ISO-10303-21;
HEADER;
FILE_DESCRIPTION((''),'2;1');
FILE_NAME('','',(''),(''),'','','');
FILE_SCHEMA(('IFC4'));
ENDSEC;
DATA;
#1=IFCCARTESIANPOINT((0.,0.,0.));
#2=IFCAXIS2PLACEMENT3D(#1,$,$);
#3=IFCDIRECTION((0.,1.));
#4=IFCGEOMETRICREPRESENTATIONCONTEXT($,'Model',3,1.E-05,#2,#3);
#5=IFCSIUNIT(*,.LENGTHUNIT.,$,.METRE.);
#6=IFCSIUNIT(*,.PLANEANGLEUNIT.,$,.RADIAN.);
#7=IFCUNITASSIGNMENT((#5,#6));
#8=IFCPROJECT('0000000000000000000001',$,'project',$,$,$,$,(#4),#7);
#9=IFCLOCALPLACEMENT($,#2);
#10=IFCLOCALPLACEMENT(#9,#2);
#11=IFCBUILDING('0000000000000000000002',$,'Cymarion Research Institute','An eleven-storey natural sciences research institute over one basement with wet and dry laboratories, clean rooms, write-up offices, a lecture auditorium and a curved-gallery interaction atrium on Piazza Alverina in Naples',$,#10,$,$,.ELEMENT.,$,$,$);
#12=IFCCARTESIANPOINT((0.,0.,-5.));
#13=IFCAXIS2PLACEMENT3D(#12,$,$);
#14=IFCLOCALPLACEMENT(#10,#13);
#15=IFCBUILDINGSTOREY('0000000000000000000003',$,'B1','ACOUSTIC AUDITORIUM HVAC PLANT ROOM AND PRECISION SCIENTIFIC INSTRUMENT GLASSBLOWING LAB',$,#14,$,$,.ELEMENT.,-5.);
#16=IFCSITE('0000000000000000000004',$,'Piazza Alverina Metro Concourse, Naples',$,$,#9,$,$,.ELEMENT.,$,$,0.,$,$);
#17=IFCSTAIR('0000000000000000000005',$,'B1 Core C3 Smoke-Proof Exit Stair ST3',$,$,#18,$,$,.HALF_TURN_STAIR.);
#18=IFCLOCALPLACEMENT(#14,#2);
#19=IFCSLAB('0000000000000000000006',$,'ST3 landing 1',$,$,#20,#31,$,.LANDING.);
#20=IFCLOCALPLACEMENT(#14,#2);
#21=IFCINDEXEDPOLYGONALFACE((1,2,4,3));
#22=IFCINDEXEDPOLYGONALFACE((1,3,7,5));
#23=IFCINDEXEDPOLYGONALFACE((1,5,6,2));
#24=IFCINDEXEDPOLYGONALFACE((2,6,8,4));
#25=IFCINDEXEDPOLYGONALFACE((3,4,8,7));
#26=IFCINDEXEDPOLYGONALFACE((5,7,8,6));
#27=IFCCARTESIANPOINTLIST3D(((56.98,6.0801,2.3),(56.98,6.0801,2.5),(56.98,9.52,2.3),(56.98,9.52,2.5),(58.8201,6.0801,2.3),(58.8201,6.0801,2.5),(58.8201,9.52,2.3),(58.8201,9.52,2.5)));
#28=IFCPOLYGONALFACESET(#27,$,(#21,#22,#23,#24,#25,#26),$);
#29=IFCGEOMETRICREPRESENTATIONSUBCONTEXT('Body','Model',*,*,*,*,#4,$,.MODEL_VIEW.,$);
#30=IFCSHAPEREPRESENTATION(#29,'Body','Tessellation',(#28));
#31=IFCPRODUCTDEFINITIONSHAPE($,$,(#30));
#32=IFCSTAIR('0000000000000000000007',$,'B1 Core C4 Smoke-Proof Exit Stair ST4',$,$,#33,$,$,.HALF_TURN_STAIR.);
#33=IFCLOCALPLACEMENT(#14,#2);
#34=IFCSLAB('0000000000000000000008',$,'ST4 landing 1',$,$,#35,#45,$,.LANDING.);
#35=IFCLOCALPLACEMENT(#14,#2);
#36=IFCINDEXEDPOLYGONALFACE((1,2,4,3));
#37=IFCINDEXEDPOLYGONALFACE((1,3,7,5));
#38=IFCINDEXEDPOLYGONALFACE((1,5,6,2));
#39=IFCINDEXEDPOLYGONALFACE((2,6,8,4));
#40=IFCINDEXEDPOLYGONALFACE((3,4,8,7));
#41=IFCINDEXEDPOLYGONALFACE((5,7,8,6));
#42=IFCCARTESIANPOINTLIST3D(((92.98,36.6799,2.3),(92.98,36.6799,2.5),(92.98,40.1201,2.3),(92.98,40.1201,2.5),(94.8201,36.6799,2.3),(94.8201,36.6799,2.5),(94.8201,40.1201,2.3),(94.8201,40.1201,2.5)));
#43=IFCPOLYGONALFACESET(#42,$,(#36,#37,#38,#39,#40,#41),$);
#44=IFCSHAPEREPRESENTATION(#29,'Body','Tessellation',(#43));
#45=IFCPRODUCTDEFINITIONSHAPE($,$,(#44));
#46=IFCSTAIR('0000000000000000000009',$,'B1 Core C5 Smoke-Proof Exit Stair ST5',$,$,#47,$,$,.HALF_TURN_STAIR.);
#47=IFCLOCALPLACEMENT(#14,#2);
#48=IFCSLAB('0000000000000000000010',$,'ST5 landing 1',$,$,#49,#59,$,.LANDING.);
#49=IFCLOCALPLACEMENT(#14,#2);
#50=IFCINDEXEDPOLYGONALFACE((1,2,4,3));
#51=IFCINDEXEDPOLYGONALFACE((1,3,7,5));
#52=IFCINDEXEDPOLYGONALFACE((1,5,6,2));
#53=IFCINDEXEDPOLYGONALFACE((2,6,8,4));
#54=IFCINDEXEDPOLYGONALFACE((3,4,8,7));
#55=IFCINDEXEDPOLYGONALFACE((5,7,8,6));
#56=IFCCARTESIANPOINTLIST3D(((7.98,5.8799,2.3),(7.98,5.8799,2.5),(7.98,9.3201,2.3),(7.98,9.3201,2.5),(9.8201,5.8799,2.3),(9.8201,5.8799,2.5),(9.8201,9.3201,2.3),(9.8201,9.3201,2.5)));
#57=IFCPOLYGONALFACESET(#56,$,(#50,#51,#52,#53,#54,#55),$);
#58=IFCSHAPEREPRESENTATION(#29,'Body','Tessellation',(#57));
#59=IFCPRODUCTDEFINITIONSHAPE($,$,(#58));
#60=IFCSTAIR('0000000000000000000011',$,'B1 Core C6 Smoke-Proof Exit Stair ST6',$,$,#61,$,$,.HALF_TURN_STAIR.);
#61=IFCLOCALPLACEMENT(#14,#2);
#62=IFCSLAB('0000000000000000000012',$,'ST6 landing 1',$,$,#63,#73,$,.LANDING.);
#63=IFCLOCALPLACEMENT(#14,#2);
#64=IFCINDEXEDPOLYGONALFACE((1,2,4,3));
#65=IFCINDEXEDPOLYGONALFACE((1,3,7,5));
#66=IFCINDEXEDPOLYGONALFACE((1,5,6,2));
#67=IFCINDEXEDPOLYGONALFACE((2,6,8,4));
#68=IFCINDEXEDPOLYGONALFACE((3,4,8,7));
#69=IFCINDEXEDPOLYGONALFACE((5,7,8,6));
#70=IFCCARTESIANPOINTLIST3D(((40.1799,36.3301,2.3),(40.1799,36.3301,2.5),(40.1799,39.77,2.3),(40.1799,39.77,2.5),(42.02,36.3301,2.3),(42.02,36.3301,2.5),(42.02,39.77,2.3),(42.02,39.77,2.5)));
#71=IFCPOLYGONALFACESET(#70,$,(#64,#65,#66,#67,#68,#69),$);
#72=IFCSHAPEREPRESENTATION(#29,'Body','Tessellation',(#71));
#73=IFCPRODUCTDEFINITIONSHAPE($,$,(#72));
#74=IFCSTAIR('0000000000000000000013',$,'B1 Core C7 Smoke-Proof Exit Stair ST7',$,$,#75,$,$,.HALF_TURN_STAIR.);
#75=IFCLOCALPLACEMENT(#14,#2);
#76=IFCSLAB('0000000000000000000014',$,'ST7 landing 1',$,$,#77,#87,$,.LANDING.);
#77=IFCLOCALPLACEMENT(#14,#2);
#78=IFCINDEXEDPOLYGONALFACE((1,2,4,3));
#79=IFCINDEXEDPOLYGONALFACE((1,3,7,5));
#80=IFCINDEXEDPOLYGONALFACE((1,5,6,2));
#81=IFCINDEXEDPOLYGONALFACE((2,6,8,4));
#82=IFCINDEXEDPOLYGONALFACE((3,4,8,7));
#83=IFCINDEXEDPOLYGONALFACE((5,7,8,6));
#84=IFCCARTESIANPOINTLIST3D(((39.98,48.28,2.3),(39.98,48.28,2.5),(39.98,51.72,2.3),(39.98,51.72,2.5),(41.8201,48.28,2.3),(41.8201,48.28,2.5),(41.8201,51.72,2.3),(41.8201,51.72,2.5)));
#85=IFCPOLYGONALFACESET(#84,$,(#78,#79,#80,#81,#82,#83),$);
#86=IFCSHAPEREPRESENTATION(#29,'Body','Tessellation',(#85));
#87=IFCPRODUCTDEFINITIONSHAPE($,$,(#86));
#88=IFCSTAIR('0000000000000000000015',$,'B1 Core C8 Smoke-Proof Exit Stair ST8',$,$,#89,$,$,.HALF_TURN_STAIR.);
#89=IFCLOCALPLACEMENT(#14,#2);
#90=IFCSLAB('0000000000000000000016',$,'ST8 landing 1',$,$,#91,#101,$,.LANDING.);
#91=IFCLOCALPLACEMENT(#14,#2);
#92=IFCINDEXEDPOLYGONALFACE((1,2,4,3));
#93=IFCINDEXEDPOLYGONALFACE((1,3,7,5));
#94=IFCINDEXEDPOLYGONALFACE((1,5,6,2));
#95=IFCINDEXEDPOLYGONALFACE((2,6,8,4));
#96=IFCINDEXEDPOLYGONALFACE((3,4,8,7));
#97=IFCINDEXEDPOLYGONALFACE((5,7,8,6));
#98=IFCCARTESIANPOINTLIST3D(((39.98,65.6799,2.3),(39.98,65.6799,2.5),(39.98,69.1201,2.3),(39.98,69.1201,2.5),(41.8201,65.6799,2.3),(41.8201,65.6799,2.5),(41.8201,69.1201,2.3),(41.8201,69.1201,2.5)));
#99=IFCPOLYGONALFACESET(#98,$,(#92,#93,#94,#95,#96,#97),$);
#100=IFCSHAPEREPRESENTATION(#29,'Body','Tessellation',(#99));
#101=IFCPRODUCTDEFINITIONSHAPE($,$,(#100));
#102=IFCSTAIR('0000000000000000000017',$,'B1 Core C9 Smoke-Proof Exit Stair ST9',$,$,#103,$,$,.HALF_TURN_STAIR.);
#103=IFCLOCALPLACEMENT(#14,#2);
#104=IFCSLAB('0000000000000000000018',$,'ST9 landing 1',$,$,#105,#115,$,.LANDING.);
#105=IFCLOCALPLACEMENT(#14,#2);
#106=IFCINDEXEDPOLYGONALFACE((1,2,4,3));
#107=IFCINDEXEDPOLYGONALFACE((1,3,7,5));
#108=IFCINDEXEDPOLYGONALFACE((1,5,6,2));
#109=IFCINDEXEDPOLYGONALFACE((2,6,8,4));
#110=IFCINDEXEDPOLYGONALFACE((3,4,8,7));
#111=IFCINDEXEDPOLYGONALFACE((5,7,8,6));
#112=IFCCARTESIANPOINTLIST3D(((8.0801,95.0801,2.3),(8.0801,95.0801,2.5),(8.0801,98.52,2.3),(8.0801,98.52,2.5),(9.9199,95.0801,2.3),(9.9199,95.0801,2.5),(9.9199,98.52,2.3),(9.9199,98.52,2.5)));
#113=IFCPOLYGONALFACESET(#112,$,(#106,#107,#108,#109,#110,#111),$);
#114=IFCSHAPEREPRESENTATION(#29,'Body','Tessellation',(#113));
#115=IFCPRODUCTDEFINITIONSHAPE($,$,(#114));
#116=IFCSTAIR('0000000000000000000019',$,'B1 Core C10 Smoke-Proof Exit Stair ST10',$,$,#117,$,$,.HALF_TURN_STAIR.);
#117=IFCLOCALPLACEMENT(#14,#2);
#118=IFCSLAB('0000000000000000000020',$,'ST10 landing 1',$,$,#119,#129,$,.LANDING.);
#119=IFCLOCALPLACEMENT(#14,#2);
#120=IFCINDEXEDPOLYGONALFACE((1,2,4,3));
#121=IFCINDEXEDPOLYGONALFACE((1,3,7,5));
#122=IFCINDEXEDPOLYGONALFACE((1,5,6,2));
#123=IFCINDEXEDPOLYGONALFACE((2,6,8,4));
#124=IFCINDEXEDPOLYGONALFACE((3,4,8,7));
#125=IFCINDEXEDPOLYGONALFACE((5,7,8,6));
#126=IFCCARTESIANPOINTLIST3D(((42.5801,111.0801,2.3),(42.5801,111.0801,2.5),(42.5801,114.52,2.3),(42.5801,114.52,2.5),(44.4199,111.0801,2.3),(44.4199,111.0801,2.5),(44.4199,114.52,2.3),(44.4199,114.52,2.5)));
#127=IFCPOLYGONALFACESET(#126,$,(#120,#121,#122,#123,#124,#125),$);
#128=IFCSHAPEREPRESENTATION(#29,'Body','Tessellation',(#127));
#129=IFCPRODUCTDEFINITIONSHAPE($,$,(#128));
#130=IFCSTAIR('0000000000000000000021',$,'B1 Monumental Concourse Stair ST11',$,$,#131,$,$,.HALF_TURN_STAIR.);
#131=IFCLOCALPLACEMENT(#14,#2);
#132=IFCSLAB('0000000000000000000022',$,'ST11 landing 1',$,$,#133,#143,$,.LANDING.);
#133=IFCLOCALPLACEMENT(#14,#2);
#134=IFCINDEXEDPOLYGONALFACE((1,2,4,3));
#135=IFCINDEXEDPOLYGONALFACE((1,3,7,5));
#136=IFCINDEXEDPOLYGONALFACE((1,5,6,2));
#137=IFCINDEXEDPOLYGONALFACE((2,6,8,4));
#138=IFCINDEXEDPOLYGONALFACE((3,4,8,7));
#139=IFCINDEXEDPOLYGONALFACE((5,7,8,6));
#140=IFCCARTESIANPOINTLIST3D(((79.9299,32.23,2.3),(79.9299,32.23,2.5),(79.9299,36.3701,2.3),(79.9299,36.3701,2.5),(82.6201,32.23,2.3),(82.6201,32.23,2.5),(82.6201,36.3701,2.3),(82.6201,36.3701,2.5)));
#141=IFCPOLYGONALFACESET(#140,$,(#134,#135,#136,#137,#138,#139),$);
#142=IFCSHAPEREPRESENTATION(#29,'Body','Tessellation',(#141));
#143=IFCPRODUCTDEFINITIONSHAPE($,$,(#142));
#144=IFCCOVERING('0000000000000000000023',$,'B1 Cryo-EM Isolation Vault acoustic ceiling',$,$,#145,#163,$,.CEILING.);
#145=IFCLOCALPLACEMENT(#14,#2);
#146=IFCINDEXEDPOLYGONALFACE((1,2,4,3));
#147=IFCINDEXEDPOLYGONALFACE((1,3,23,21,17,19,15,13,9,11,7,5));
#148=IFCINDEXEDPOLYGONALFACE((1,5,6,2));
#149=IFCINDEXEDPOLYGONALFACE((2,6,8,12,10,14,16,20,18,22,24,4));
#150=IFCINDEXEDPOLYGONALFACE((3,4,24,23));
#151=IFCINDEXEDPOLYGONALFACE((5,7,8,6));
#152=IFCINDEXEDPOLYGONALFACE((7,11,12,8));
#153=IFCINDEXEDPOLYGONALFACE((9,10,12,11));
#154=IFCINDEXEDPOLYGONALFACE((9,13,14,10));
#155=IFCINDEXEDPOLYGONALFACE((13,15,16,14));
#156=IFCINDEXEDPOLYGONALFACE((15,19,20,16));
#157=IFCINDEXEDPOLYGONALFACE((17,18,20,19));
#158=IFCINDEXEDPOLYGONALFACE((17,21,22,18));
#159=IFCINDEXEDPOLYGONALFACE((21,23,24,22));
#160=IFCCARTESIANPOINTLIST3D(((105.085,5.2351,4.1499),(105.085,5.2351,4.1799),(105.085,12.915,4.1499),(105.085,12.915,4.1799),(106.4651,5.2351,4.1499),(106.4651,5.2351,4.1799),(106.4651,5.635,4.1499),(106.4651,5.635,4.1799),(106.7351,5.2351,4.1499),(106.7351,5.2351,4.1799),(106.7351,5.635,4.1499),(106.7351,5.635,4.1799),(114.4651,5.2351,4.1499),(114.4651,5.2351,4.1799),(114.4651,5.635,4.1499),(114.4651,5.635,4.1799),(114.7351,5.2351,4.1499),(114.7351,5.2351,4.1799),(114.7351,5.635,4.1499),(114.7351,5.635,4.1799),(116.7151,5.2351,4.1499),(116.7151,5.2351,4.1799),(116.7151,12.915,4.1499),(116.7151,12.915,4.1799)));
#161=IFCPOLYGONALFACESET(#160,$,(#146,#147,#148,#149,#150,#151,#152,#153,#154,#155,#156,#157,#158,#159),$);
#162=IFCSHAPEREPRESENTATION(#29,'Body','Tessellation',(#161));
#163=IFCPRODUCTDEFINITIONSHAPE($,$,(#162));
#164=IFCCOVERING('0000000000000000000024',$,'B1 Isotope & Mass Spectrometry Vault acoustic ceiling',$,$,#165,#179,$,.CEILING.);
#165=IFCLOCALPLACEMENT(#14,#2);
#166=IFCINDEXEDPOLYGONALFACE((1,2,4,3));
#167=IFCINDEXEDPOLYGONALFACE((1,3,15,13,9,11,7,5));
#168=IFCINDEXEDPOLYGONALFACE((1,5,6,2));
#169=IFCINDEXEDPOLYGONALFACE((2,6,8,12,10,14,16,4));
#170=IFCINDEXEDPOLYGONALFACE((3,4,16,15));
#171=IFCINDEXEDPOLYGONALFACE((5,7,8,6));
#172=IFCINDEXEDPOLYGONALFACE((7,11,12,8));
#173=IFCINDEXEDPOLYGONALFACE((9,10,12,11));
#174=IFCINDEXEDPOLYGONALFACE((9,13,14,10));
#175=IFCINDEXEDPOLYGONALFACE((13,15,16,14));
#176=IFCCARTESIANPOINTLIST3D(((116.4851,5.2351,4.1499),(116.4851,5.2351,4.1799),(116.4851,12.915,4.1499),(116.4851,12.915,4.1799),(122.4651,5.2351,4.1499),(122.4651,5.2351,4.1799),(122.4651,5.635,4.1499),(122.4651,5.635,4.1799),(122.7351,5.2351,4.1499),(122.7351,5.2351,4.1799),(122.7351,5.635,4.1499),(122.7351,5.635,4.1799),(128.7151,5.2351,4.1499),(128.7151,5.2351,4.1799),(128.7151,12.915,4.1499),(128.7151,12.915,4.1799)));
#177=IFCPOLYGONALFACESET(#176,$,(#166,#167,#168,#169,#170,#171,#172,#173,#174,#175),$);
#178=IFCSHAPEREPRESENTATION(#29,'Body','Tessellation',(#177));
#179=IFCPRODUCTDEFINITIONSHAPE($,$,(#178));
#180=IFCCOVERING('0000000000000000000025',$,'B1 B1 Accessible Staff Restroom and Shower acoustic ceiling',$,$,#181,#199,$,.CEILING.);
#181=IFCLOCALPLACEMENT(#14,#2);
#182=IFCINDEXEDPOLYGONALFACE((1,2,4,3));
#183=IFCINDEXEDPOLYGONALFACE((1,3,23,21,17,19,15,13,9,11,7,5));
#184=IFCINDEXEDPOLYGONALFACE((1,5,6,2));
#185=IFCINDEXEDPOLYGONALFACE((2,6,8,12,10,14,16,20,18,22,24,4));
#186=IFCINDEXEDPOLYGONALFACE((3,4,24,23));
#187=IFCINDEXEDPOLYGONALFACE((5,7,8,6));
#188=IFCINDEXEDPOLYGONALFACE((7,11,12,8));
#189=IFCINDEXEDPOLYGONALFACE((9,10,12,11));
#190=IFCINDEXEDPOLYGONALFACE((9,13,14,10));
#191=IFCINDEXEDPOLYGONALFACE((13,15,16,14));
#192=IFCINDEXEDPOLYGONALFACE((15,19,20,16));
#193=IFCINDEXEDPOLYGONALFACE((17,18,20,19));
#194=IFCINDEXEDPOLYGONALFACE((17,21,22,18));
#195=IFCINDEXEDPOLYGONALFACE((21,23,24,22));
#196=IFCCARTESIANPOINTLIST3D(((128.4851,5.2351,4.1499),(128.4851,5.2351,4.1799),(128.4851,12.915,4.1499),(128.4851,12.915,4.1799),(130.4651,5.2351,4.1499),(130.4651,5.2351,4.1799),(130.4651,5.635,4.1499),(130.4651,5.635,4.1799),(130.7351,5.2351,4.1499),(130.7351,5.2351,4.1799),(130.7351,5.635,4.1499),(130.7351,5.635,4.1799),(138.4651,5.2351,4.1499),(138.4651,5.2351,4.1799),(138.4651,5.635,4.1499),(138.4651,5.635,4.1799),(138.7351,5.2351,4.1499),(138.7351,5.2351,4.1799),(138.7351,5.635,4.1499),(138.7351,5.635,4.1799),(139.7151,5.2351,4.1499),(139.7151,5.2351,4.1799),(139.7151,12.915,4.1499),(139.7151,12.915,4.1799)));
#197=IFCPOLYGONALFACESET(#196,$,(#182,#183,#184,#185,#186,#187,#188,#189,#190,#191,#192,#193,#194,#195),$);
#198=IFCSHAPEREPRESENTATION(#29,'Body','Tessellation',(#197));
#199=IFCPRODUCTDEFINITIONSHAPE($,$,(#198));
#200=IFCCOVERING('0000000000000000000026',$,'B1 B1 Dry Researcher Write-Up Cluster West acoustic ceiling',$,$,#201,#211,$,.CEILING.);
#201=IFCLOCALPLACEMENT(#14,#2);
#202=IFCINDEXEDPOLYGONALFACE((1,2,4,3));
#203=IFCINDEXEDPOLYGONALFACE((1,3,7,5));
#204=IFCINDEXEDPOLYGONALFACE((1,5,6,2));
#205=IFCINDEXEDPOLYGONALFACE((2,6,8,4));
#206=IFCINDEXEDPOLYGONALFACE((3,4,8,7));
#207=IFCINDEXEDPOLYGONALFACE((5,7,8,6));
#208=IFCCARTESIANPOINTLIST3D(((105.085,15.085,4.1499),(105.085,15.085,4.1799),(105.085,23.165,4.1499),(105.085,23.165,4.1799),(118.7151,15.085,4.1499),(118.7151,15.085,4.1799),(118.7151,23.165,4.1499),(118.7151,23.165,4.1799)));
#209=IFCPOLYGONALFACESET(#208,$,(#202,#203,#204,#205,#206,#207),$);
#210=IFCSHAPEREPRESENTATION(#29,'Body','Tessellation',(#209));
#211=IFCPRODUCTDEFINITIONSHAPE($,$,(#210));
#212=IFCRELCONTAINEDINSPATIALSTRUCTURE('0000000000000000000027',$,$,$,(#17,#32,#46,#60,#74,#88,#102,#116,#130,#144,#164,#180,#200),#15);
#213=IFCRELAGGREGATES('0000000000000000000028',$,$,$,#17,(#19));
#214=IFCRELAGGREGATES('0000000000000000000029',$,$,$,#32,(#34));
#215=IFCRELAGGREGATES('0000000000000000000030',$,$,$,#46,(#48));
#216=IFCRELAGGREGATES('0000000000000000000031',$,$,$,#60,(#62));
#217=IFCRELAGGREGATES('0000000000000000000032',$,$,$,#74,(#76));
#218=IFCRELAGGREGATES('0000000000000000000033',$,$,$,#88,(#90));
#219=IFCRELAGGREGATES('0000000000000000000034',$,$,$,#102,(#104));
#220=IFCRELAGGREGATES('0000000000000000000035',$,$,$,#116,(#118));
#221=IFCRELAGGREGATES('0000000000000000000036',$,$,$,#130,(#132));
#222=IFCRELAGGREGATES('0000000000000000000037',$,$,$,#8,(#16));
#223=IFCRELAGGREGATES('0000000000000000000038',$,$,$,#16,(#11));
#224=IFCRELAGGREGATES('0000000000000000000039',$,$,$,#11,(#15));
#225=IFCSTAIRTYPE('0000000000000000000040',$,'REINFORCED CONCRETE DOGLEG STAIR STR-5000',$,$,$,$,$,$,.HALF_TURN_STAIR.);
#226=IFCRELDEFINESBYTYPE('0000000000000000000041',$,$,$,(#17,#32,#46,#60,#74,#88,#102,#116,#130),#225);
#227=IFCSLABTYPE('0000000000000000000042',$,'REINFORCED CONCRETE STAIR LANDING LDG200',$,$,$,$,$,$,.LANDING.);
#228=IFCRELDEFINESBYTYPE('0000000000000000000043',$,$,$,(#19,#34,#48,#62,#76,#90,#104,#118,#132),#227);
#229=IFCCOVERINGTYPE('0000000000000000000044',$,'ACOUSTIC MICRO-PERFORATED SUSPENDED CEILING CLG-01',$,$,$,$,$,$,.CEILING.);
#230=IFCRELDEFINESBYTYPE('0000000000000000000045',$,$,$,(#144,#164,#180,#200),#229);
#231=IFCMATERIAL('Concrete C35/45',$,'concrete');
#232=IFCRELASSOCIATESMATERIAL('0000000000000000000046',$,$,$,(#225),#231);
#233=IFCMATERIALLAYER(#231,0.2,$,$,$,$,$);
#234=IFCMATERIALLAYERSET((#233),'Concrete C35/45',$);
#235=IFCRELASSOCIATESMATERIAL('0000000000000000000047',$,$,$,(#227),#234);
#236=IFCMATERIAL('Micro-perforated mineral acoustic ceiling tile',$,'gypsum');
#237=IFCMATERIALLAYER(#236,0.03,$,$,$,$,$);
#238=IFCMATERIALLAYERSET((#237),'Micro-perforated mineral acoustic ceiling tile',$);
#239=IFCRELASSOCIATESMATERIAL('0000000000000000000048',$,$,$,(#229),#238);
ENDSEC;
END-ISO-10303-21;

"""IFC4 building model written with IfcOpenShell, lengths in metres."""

from ifc_helpers import new_model, si_unit, direction, frame, origin, place, context, subcontext, project, spatial, polyline, outline, extrude, material, layer, layer_set, type_object, element, aggregate, save


model = new_model("IFC4")

# Units and contexts
model_context = context("Model", 3, precision=1e-05, world=origin(), true_north=direction((0.0, 1.0)))
body_context = subcontext(model_context, "Body", "Model", "MODEL_VIEW")
ifc_project = project(units=[si_unit("LENGTHUNIT", "METRE"), si_unit("PLANEANGLEUNIT", "RADIAN")], contexts=[model_context])

# Site, building, storey
site_placement = place(None, origin())
site = spatial("IfcSite", under=ifc_project, at=site_placement, Name="Piazza Alverina Metro Concourse, Naples", CompositionType="ELEMENT", RefElevation=0.0)
building_placement = place(site_placement, origin())
building = spatial("IfcBuilding", under=site, at=building_placement, Name="Cymarion Research Institute", Description="An eleven-storey natural sciences research institute over one basement with wet and dry laboratories, clean rooms, write-up offices, a lecture auditorium and a curved-gallery interaction atrium on Piazza Alverina in Naples", CompositionType="ELEMENT")
storey_placement = place(building_placement, frame((0.0, 0.0, -5.0)))
storey = spatial("IfcBuildingStorey", under=building, at=storey_placement, Name="B1", Description="ACOUSTIC AUDITORIUM HVAC PLANT ROOM AND PRECISION SCIENTIFIC INSTRUMENT GLASSBLOWING LAB", CompositionType="ELEMENT", Elevation=-5.0)

# Shared definitions
ifc_material_1 = material(Name="Concrete C35/45", Category="concrete")

# Stairs, slabs
stair_type = type_object("IfcStairType", Name="REINFORCED CONCRETE DOGLEG STAIR STR-5000", PredefinedType="HALF_TURN_STAIR", material=ifc_material_1)
ifc_layer_1 = layer(ifc_material_1, 0.2)
ifc_layer_set_1 = layer_set([ifc_layer_1], Name="Concrete C35/45")
slab_type_1 = type_object("IfcSlabType", Name="REINFORCED CONCRETE STAIR LANDING LDG200", PredefinedType="LANDING", material=ifc_layer_set_1)
stair_1_placement = place(storey_placement, origin())
stair_1 = element("IfcStair", 1, at=stair_1_placement, inside=storey, type_object=stair_type, Name="B1 Core C3 Smoke-Proof Exit Stair ST3", PredefinedType="HALF_TURN_STAIR")
slab_1_placement = place(storey_placement, frame((0.0, 0.0, 2.3)))
slab_1 = element("IfcSlab", 2, at=slab_1_placement, type_object=slab_type_1, Name="ST3 landing 1", PredefinedType="LANDING", context=body_context, shape_type="SweptSolid", body=[
    extrude(outline(polyline([(58.8201, 9.52), (58.8201, 6.0801), (56.98, 6.0801), (56.98, 9.52), (58.8201, 9.52)])), origin(), (0.0, 0.0, 1.0), 0.2),
])
aggregate(stair_1, [slab_1])
stair_2_placement = place(storey_placement, origin())
stair_2 = element("IfcStair", 3, at=stair_2_placement, inside=storey, type_object=stair_type, Name="B1 Core C4 Smoke-Proof Exit Stair ST4", PredefinedType="HALF_TURN_STAIR")
slab_2_placement = place(storey_placement, frame((0.0, 0.0, 2.3)))
slab_2 = element("IfcSlab", 4, at=slab_2_placement, type_object=slab_type_1, Name="ST4 landing 1", PredefinedType="LANDING", context=body_context, shape_type="SweptSolid", body=[
    extrude(outline(polyline([(92.98, 36.6799), (92.98, 40.1201), (94.8201, 40.1201), (94.8201, 36.6799), (92.98, 36.6799)])), origin(), (0.0, 0.0, 1.0), 0.2),
])
aggregate(stair_2, [slab_2])
stair_3_placement = place(storey_placement, origin())
stair_3 = element("IfcStair", 5, at=stair_3_placement, inside=storey, type_object=stair_type, Name="B1 Core C5 Smoke-Proof Exit Stair ST5", PredefinedType="HALF_TURN_STAIR")
slab_3_placement = place(storey_placement, frame((0.0, 0.0, 2.3)))
slab_3 = element("IfcSlab", 6, at=slab_3_placement, type_object=slab_type_1, Name="ST5 landing 1", PredefinedType="LANDING", context=body_context, shape_type="SweptSolid", body=[
    extrude(outline(polyline([(9.8201, 9.3201), (9.8201, 5.8799), (7.98, 5.8799), (7.98, 9.3201), (9.8201, 9.3201)])), origin(), (0.0, 0.0, 1.0), 0.2),
])
aggregate(stair_3, [slab_3])
stair_4_placement = place(storey_placement, origin())
stair_4 = element("IfcStair", 7, at=stair_4_placement, inside=storey, type_object=stair_type, Name="B1 Core C6 Smoke-Proof Exit Stair ST6", PredefinedType="HALF_TURN_STAIR")
slab_4_placement = place(storey_placement, frame((0.0, 0.0, 2.3)))
slab_4 = element("IfcSlab", 8, at=slab_4_placement, type_object=slab_type_1, Name="ST6 landing 1", PredefinedType="LANDING", context=body_context, shape_type="SweptSolid", body=[
    extrude(outline(polyline([(40.1799, 36.3301), (40.1799, 39.77), (42.02, 39.77), (42.02, 36.3301), (40.1799, 36.3301)])), origin(), (0.0, 0.0, 1.0), 0.2),
])
aggregate(stair_4, [slab_4])
stair_5_placement = place(storey_placement, origin())
stair_5 = element("IfcStair", 9, at=stair_5_placement, inside=storey, type_object=stair_type, Name="B1 Core C7 Smoke-Proof Exit Stair ST7", PredefinedType="HALF_TURN_STAIR")
slab_5_placement = place(storey_placement, frame((0.0, 0.0, 2.3)))
slab_5 = element("IfcSlab", 10, at=slab_5_placement, type_object=slab_type_1, Name="ST7 landing 1", PredefinedType="LANDING", context=body_context, shape_type="SweptSolid", body=[
    extrude(outline(polyline([(39.98, 48.28), (39.98, 51.72), (41.8201, 51.72), (41.8201, 48.28), (39.98, 48.28)])), origin(), (0.0, 0.0, 1.0), 0.2),
])
aggregate(stair_5, [slab_5])
stair_6_placement = place(storey_placement, origin())
stair_6 = element("IfcStair", 11, at=stair_6_placement, inside=storey, type_object=stair_type, Name="B1 Core C8 Smoke-Proof Exit Stair ST8", PredefinedType="HALF_TURN_STAIR")
slab_6_placement = place(storey_placement, frame((0.0, 0.0, 2.3)))
slab_6 = element("IfcSlab", 12, at=slab_6_placement, type_object=slab_type_1, Name="ST8 landing 1", PredefinedType="LANDING", context=body_context, shape_type="SweptSolid", body=[
    extrude(outline(polyline([(39.98, 65.6799), (39.98, 69.1201), (41.8201, 69.1201), (41.8201, 65.6799), (39.98, 65.6799)])), origin(), (0.0, 0.0, 1.0), 0.2),
])
aggregate(stair_6, [slab_6])
stair_7_placement = place(storey_placement, origin())
stair_7 = element("IfcStair", 13, at=stair_7_placement, inside=storey, type_object=stair_type, Name="B1 Core C9 Smoke-Proof Exit Stair ST9", PredefinedType="HALF_TURN_STAIR")
slab_7_placement = place(storey_placement, frame((0.0, 0.0, 2.3)))
slab_7 = element("IfcSlab", 14, at=slab_7_placement, type_object=slab_type_1, Name="ST9 landing 1", PredefinedType="LANDING", context=body_context, shape_type="SweptSolid", body=[
    extrude(outline(polyline([(9.9199, 98.52), (9.9199, 95.0801), (8.0801, 95.0801), (8.0801, 98.52), (9.9199, 98.52)])), origin(), (0.0, 0.0, 1.0), 0.2),
])
aggregate(stair_7, [slab_7])
stair_8_placement = place(storey_placement, origin())
stair_8 = element("IfcStair", 15, at=stair_8_placement, inside=storey, type_object=stair_type, Name="B1 Core C10 Smoke-Proof Exit Stair ST10", PredefinedType="HALF_TURN_STAIR")
slab_8_placement = place(storey_placement, frame((0.0, 0.0, 2.3)))
slab_8 = element("IfcSlab", 16, at=slab_8_placement, type_object=slab_type_1, Name="ST10 landing 1", PredefinedType="LANDING", context=body_context, shape_type="SweptSolid", body=[
    extrude(outline(polyline([(42.5801, 111.0801), (42.5801, 114.52), (44.4199, 114.52), (44.4199, 111.0801), (42.5801, 111.0801)])), origin(), (0.0, 0.0, 1.0), 0.2),
])
aggregate(stair_8, [slab_8])
stair_9_placement = place(storey_placement, origin())
stair_9 = element("IfcStair", 17, at=stair_9_placement, inside=storey, type_object=stair_type, Name="B1 Monumental Concourse Stair ST11", PredefinedType="HALF_TURN_STAIR")
slab_9_placement = place(storey_placement, frame((0.0, 0.0, 2.3)))
slab_9 = element("IfcSlab", 18, at=slab_9_placement, type_object=slab_type_1, Name="ST11 landing 1", PredefinedType="LANDING", context=body_context, shape_type="SweptSolid", body=[
    extrude(outline(polyline([(79.9299, 32.23), (79.9299, 36.3701), (82.6201, 36.3701), (82.6201, 32.23), (79.9299, 32.23)])), origin(), (0.0, 0.0, 1.0), 0.2),
])
aggregate(stair_9, [slab_9])

# Coverings
ifc_material_2 = material(Name="Micro-perforated mineral acoustic ceiling tile", Category="gypsum")
ifc_layer_2 = layer(ifc_material_2, 0.03)
ifc_layer_set_2 = layer_set([ifc_layer_2], Name="Micro-perforated mineral acoustic ceiling tile")
covering_type = type_object("IfcCoveringType", Name="ACOUSTIC MICRO-PERFORATED SUSPENDED CEILING CLG-01", PredefinedType="CEILING", material=ifc_layer_set_2)
covering_1_placement = place(storey_placement, frame((0.0, 0.0, 4.1499)))
element("IfcCovering", 19, at=covering_1_placement, inside=storey, type_object=covering_type, Name="B1 Cryo-EM Isolation Vault acoustic ceiling", PredefinedType="CEILING", context=body_context, shape_type="SweptSolid", body=[
    extrude(outline(polyline([(116.7151, 12.915), (116.7151, 5.2351), (114.7351, 5.2351), (114.7351, 5.635), (114.4651, 5.635), (114.4651, 5.2351), (106.7351, 5.2351), (106.7351, 5.635), (106.4651, 5.635), (106.4651, 5.2351), (105.085, 5.2351), (105.085, 12.915), (116.7151, 12.915)])), origin(), (0.0, 0.0, 1.0), 0.03),
])
covering_2_placement = place(storey_placement, frame((0.0, 0.0, 4.1499)))
element("IfcCovering", 20, at=covering_2_placement, inside=storey, type_object=covering_type, Name="B1 Isotope & Mass Spectrometry Vault acoustic ceiling", PredefinedType="CEILING", context=body_context, shape_type="SweptSolid", body=[
    extrude(outline(polyline([(128.7151, 12.915), (128.7151, 5.2351), (122.7351, 5.2351), (122.7351, 5.635), (122.4651, 5.635), (122.4651, 5.2351), (116.4851, 5.2351), (116.4851, 12.915), (128.7151, 12.915)])), origin(), (0.0, 0.0, 1.0), 0.03),
])
covering_3_placement = place(storey_placement, frame((0.0, 0.0, 4.1499)))
element("IfcCovering", 21, at=covering_3_placement, inside=storey, type_object=covering_type, Name="B1 B1 Accessible Staff Restroom and Shower acoustic ceiling", PredefinedType="CEILING", context=body_context, shape_type="SweptSolid", body=[
    extrude(outline(polyline([(139.7151, 12.915), (139.7151, 5.2351), (138.7351, 5.2351), (138.7351, 5.635), (138.4651, 5.635), (138.4651, 5.2351), (130.7351, 5.2351), (130.7351, 5.635), (130.4651, 5.635), (130.4651, 5.2351), (128.4851, 5.2351), (128.4851, 12.915), (139.7151, 12.915)])), origin(), (0.0, 0.0, 1.0), 0.03),
])
covering_4_placement = place(storey_placement, frame((0.0, 0.0, 4.1499)))
element("IfcCovering", 22, at=covering_4_placement, inside=storey, type_object=covering_type, Name="B1 B1 Dry Researcher Write-Up Cluster West acoustic ceiling", PredefinedType="CEILING", context=body_context, shape_type="SweptSolid", body=[
    extrude(outline(polyline([(118.7151, 23.165), (118.7151, 15.085), (105.085, 15.085), (105.085, 23.165), (118.7151, 23.165)])), origin(), (0.0, 0.0, 1.0), 0.03),
])

save(model, "model.ifc")
